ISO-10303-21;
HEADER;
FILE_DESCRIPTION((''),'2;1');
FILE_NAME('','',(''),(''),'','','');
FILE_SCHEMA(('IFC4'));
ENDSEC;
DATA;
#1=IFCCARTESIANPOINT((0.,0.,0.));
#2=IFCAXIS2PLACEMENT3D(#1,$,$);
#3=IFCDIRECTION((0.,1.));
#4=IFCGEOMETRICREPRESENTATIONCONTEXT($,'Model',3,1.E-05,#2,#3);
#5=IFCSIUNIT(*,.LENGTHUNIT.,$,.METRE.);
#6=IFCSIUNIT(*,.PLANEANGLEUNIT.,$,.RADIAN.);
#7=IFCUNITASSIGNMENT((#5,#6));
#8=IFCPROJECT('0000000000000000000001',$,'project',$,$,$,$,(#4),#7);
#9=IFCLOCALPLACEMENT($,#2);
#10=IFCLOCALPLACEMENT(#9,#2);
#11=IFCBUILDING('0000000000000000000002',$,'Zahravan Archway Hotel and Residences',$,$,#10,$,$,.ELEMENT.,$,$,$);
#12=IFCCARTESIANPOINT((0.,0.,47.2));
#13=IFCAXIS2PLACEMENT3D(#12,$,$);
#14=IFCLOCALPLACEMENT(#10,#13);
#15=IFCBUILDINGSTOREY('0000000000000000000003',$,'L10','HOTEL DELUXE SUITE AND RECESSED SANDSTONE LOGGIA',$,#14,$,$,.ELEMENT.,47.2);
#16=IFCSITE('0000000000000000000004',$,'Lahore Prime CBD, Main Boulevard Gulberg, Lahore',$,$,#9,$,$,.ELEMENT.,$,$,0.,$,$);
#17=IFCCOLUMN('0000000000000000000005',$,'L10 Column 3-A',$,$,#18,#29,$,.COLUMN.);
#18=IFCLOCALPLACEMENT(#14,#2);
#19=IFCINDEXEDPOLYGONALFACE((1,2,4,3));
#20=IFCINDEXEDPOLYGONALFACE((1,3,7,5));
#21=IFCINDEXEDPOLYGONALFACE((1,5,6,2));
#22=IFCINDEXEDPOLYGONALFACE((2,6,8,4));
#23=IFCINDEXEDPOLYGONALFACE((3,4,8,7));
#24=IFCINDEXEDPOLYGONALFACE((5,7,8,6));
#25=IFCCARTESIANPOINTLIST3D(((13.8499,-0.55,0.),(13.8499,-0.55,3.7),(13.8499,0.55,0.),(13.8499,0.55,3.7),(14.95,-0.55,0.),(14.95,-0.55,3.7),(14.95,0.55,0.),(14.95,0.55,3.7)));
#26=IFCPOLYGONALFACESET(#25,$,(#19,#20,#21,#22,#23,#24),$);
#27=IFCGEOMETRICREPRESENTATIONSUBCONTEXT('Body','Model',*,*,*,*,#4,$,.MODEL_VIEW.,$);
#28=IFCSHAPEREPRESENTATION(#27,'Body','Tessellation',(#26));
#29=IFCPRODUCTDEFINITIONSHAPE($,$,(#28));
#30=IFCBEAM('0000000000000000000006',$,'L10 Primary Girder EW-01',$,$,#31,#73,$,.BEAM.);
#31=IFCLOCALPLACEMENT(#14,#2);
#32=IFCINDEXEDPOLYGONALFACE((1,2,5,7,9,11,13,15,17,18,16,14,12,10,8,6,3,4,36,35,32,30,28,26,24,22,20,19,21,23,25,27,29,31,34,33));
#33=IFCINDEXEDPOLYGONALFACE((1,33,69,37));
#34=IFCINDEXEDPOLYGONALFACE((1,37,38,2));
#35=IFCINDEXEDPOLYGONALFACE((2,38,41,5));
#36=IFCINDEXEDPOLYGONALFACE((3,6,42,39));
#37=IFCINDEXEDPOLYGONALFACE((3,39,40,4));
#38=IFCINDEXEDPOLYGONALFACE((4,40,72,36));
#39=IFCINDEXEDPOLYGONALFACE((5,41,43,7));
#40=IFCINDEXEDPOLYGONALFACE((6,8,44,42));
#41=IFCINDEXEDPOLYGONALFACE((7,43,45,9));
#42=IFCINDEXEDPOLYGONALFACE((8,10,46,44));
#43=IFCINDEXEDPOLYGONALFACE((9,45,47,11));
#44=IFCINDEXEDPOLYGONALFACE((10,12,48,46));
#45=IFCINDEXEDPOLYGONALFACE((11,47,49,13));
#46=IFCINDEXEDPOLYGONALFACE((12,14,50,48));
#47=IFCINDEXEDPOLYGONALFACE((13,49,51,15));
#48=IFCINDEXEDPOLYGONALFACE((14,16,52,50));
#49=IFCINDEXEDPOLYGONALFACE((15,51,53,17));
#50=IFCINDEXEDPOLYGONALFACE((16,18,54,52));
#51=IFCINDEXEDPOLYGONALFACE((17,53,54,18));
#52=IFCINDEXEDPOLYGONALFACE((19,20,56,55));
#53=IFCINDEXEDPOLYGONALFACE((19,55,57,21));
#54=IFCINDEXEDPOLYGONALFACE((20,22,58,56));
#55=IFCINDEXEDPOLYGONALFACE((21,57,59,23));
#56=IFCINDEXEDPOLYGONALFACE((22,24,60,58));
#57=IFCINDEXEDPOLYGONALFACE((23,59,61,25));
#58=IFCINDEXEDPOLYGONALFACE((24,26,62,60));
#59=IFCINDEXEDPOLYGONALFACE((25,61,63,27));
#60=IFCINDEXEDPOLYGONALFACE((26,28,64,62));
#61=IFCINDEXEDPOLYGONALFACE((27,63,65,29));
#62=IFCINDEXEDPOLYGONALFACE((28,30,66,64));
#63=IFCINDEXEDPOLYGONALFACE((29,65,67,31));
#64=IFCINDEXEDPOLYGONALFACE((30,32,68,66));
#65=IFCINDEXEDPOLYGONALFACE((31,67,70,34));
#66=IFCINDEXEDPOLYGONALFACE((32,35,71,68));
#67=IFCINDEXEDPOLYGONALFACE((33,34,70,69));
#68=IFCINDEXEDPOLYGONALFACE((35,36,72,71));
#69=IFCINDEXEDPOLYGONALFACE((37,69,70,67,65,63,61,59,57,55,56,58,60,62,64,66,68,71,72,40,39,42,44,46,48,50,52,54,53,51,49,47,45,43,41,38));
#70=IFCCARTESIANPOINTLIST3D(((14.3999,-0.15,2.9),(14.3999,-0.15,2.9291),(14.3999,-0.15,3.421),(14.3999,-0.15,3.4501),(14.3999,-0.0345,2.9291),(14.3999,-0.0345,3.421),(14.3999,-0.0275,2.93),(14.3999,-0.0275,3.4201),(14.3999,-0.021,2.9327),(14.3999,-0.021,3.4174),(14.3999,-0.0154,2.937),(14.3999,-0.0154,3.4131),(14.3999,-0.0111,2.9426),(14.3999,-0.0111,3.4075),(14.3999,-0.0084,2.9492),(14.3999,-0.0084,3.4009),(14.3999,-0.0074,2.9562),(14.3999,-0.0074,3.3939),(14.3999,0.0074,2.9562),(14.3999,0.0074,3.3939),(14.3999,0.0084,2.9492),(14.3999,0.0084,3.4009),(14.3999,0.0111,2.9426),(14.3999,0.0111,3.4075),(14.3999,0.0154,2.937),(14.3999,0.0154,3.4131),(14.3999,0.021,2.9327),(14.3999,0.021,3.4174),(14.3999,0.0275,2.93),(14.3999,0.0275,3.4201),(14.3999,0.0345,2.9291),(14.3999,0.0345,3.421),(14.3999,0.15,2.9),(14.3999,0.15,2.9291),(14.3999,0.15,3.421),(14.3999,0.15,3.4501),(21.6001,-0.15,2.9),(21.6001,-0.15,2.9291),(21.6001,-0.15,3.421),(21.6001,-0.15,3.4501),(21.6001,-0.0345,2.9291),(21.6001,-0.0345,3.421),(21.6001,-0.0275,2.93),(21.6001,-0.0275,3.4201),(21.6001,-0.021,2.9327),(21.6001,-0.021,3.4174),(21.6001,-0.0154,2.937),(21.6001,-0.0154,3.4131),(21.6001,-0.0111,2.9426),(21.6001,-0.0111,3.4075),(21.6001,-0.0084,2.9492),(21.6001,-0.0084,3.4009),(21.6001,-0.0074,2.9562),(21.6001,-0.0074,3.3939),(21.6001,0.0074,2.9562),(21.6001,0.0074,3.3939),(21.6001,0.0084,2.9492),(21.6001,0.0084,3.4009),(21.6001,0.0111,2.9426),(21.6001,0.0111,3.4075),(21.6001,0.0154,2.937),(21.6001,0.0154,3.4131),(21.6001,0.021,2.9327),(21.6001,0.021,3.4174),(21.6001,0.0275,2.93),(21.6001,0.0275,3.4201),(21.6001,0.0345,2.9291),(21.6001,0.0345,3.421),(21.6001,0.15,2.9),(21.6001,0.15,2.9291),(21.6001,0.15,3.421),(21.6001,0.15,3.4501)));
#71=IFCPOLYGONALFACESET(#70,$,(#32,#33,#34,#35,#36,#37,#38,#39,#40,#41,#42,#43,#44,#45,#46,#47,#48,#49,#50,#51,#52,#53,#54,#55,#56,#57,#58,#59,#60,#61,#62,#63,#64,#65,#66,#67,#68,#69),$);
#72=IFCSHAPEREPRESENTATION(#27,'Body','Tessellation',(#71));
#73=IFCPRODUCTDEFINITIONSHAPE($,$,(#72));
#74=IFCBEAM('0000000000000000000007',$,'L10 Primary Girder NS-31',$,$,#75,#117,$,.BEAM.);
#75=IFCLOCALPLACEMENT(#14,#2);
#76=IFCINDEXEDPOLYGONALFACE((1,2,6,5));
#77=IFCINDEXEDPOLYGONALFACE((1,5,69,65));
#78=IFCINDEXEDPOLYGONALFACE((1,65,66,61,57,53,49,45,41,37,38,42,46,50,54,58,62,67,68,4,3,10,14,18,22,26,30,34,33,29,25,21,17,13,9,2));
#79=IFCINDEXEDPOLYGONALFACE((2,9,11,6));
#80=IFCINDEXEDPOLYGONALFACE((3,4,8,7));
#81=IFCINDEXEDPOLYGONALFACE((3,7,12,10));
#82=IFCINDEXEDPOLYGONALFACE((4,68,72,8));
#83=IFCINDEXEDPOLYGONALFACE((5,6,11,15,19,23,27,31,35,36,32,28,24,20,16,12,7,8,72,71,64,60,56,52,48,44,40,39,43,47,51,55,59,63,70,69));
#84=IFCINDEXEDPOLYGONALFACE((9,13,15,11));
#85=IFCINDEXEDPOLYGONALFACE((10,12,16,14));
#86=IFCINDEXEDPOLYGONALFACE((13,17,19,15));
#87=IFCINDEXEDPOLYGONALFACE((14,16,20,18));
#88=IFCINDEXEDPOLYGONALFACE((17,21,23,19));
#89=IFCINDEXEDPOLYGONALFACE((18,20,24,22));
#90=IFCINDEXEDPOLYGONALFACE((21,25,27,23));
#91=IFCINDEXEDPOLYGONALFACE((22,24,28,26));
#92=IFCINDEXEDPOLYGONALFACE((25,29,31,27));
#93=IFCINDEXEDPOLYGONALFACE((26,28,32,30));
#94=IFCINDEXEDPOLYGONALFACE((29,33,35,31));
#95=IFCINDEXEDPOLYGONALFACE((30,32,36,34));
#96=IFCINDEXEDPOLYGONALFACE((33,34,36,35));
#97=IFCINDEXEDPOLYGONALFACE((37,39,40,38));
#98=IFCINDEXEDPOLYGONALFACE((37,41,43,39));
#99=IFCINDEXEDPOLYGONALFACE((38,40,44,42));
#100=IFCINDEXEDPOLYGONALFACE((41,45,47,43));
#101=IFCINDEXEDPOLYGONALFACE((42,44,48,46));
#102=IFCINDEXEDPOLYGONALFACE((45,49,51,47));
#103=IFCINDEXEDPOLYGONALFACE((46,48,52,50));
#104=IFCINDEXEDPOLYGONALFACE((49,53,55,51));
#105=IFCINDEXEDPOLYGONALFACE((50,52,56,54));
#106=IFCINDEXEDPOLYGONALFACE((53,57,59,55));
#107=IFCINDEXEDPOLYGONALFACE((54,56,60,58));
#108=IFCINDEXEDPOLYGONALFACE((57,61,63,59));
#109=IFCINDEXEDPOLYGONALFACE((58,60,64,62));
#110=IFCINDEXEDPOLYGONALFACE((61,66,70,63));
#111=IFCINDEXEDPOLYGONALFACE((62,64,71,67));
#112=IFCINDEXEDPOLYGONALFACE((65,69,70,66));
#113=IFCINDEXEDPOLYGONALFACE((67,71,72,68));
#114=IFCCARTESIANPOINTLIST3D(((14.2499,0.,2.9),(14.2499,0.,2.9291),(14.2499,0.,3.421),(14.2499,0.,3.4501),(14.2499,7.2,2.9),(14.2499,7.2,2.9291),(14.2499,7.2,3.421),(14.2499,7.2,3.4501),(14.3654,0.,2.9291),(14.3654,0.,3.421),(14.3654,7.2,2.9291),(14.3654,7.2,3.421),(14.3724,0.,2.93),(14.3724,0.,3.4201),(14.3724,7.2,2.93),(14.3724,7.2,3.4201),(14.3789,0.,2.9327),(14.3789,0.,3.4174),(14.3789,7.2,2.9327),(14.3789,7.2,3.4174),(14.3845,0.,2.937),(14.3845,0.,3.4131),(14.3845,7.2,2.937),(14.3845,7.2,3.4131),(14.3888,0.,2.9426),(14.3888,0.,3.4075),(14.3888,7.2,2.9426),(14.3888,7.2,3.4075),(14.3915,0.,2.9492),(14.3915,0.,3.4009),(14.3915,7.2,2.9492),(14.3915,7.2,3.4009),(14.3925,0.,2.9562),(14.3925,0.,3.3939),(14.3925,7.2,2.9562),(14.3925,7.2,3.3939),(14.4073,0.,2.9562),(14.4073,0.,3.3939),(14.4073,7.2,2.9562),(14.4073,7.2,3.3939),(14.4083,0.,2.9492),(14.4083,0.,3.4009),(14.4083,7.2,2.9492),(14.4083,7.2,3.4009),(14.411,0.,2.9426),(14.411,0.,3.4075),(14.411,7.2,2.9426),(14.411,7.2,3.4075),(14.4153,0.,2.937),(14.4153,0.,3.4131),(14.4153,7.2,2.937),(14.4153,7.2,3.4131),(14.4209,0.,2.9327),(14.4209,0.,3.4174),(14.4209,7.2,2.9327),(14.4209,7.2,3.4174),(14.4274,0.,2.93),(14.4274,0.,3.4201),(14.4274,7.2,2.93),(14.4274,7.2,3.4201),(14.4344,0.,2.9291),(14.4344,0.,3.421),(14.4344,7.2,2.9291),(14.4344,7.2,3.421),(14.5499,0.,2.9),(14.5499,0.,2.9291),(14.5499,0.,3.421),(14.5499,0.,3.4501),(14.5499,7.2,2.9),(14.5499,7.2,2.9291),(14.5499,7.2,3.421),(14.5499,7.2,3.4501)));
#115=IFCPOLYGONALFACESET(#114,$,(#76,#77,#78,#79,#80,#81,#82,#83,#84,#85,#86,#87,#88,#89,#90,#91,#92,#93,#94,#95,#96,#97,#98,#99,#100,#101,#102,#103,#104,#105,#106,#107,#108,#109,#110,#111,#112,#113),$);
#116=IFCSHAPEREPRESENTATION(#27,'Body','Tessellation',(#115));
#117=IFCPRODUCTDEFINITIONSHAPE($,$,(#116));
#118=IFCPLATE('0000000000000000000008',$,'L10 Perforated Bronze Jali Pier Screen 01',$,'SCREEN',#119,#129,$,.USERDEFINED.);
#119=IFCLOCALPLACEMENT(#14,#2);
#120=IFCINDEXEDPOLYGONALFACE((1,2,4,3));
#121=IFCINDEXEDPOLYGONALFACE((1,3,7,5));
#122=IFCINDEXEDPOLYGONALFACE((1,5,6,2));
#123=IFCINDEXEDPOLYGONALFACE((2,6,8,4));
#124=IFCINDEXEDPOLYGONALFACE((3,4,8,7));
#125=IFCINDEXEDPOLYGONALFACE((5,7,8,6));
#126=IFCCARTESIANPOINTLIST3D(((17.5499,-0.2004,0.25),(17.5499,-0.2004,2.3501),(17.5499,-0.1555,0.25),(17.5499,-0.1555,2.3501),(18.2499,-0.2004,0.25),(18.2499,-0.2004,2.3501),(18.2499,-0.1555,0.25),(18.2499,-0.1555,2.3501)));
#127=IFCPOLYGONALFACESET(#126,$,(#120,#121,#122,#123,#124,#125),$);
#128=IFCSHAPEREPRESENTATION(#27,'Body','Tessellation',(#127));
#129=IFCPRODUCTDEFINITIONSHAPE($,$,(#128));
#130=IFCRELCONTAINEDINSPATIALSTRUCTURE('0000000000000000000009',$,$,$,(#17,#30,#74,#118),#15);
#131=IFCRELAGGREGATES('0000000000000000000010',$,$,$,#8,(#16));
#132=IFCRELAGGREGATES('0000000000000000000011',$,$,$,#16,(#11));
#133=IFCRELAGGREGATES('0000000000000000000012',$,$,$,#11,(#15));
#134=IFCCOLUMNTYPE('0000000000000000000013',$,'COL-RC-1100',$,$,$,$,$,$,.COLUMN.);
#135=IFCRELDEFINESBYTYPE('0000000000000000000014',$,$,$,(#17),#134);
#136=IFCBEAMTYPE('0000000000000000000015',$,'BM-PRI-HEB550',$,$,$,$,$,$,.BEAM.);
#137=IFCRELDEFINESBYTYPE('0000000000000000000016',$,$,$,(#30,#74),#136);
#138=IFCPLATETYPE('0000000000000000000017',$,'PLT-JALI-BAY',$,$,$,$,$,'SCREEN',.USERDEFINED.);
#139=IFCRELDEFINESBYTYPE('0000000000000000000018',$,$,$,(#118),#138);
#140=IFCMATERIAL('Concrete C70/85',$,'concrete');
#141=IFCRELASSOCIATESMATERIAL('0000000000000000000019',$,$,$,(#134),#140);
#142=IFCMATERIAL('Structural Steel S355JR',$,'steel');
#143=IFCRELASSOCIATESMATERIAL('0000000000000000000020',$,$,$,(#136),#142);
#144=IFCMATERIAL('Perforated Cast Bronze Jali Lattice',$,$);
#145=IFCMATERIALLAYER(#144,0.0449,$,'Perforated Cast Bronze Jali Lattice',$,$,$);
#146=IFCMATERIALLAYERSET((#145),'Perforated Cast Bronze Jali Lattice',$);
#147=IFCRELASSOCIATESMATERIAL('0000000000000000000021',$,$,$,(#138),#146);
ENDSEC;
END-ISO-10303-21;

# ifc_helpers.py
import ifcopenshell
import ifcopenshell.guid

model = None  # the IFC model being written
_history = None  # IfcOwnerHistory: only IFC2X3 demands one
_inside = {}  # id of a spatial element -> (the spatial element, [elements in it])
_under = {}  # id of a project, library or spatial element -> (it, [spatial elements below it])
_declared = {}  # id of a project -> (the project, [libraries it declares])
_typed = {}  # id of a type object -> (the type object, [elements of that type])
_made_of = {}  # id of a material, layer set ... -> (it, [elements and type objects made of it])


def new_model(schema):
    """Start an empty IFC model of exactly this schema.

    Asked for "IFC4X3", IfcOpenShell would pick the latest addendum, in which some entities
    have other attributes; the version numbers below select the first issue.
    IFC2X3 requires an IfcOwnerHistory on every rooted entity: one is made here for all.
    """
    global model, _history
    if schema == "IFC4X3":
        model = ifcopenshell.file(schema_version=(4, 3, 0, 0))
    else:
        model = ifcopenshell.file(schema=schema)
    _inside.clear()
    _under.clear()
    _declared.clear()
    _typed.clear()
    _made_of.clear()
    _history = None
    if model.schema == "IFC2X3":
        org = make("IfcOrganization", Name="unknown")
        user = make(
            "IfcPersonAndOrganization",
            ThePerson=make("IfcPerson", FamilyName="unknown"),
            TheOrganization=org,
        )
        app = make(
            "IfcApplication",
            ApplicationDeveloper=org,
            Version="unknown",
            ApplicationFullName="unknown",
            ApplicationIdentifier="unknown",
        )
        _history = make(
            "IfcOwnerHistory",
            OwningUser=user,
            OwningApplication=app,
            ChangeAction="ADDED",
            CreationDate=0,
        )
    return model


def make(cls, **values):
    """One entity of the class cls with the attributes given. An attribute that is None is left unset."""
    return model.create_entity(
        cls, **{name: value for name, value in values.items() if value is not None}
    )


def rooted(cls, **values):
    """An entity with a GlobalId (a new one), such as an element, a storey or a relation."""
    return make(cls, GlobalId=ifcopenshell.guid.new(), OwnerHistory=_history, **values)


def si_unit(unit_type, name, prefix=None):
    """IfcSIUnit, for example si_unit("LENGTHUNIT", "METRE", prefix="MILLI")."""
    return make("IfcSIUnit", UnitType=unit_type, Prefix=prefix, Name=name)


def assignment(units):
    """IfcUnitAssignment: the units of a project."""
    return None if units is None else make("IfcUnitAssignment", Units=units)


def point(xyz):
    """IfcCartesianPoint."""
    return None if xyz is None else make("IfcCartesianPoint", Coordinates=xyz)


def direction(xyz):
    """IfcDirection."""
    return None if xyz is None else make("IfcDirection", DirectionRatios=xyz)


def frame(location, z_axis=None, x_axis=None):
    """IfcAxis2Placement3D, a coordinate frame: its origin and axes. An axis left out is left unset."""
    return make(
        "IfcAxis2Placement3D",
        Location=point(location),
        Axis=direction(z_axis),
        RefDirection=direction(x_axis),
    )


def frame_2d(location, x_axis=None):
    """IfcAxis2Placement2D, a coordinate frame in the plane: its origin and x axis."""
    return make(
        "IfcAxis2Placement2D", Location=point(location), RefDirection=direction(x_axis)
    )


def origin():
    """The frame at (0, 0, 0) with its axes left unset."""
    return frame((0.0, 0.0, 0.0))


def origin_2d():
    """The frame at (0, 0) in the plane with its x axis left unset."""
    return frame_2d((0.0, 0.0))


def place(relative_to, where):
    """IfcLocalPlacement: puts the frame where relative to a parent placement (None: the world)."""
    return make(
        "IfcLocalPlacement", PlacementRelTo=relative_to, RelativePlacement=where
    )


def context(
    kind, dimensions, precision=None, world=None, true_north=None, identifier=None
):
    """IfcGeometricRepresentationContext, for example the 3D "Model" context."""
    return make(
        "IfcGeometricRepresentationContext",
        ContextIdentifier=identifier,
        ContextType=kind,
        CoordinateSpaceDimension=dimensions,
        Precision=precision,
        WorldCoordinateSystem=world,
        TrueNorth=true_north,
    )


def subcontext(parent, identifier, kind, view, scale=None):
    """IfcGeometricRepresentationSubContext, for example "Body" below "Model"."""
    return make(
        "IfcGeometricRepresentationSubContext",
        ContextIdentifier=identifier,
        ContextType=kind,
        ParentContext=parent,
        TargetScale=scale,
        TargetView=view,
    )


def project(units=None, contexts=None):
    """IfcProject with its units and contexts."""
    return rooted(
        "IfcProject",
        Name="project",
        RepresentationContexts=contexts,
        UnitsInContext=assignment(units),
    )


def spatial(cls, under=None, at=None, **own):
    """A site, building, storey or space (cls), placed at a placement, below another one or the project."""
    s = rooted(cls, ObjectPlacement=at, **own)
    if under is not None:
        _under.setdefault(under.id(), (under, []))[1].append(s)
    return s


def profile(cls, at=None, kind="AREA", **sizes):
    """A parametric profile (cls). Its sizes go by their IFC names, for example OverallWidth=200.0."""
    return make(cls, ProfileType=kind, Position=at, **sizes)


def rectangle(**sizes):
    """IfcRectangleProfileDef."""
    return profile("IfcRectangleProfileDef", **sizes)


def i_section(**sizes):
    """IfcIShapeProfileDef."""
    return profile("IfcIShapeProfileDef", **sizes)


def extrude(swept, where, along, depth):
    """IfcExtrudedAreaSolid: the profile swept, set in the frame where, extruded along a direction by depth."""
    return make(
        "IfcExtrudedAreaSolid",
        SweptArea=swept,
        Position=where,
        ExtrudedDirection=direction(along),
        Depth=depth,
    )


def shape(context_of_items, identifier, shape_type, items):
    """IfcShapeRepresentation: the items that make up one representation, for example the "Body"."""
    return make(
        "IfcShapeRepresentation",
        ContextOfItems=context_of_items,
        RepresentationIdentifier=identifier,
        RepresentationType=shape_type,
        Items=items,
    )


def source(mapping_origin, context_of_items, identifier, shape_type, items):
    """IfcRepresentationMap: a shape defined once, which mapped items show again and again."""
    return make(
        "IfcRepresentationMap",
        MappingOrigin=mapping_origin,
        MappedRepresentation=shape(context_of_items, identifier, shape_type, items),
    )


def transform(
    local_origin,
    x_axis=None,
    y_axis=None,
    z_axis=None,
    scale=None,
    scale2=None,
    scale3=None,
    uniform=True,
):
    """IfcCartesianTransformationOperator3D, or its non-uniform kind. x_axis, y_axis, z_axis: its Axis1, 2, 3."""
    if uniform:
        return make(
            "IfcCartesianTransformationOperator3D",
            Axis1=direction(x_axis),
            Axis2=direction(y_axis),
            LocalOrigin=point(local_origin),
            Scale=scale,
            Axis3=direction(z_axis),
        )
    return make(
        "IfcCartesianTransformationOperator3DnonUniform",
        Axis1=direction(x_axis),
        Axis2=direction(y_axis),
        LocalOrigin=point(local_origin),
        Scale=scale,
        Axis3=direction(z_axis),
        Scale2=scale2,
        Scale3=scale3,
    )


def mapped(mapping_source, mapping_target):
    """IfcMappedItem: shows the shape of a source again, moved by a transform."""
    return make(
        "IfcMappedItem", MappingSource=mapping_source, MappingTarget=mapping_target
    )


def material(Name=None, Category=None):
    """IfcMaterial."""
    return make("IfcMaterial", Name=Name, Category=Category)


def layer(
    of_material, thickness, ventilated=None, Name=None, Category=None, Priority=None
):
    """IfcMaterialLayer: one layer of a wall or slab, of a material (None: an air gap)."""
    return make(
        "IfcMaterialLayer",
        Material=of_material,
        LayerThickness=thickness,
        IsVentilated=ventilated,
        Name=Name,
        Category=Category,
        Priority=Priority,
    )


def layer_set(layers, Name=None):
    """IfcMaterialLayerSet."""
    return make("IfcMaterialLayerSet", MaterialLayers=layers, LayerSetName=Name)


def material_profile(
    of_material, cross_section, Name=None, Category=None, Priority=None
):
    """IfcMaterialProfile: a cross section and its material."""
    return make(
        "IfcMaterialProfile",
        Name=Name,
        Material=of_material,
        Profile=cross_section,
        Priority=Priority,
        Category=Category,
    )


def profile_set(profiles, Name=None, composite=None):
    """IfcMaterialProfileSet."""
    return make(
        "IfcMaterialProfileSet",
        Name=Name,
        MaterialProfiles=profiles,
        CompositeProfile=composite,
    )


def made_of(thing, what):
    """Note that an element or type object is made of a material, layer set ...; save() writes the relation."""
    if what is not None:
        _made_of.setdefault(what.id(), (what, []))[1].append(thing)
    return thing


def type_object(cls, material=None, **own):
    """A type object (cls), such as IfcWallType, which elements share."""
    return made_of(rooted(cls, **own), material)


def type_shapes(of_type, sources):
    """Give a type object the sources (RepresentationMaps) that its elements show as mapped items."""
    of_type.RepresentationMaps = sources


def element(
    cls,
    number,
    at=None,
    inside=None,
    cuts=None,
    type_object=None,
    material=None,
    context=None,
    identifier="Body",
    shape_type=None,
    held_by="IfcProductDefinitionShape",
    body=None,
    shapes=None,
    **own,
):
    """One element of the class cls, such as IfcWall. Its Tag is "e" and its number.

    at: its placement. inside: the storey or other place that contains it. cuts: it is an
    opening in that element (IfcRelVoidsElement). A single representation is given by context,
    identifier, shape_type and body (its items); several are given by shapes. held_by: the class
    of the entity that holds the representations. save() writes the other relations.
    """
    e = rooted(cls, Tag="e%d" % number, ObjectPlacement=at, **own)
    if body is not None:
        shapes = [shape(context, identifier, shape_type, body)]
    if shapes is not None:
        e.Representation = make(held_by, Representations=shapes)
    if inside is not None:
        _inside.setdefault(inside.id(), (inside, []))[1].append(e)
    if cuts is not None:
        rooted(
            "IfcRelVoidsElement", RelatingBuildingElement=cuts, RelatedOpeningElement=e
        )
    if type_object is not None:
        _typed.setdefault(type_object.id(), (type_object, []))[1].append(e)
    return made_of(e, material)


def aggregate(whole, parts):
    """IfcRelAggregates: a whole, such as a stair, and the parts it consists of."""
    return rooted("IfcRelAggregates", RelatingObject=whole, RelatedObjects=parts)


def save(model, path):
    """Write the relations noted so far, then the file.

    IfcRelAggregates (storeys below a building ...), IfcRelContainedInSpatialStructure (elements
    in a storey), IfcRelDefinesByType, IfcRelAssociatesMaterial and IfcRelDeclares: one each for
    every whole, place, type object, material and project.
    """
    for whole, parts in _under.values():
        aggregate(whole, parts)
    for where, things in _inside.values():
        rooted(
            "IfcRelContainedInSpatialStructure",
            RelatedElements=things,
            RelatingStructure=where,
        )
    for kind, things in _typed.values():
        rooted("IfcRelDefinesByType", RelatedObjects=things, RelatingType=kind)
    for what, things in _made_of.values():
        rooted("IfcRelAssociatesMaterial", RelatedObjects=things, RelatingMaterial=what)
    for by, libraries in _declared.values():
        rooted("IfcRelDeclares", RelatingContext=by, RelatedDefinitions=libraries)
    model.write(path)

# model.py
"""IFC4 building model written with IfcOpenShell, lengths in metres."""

from ifc_helpers import new_model, si_unit, direction, frame, origin, origin_2d, place, context, subcontext, project, spatial, rectangle, i_section, extrude, source, transform, mapped, material, layer, layer_set, material_profile, profile_set, type_object, type_shapes, element, save


model = new_model("IFC4")

# Units and contexts
model_context = context("Model", 3, precision=1e-05, world=origin(), true_north=direction((0.0, 1.0)))
body_context = subcontext(model_context, "Body", "Model", "MODEL_VIEW")
ifc_project = project(units=[si_unit("LENGTHUNIT", "METRE"), si_unit("PLANEANGLEUNIT", "RADIAN")], contexts=[model_context])

# Site, building, storey
site_placement = place(None, origin())
site = spatial("IfcSite", under=ifc_project, at=site_placement, Name="Lahore Prime CBD, Main Boulevard Gulberg, Lahore", CompositionType="ELEMENT", RefElevation=0.0)
building_placement = place(site_placement, origin())
building = spatial("IfcBuilding", under=site, at=building_placement, Name="Zahravan Archway Hotel and Residences", CompositionType="ELEMENT")
storey_placement = place(building_placement, frame((0.0, 0.0, 47.2)))
storey = spatial("IfcBuildingStorey", under=building, at=storey_placement, Name="L10", Description="HOTEL DELUXE SUITE AND RECESSED SANDSTONE LOGGIA", CompositionType="ELEMENT", Elevation=47.2)

# Column
ifc_material_1 = material(Name="Concrete C70/85", Category="concrete")
ifc_material_profile_1 = material_profile(ifc_material_1, rectangle(XDim=1.1001, YDim=1.1001, at=origin_2d()), Name="RC 1100x1100", Category="concrete")
ifc_profile_set_1 = profile_set([ifc_material_profile_1], Name="Concrete C70/85")
column_type = type_object("IfcColumnType", Name="COL-RC-1100", PredefinedType="COLUMN", material=ifc_profile_set_1)
shared_shape_1 = source(origin(), body_context, "Body", "SweptSolid", [
    extrude(rectangle(XDim=1.1001, YDim=1.1001, at=origin_2d()), origin(), (0.0, 0.0, 1.0), 3.7),
])
column_placement = place(storey_placement, frame((14.3999, 0.0, 0.0), z_axis=(0.0, 0.0, 1.0), x_axis=(1.0, 0.0, 0.0)))
element("IfcColumn", 1, at=column_placement, inside=storey, type_object=column_type, Name="L10 Column 3-A", PredefinedType="COLUMN", context=body_context, shape_type="MappedRepresentation", body=[
    mapped(shared_shape_1, transform((0.0, 0.0, 0.0), scale=1.0)),
])

# Beams
ifc_material_2 = material(Name="Structural Steel S355JR", Category="steel")
ifc_material_profile_2 = material_profile(ifc_material_2, i_section(OverallWidth=0.3, OverallDepth=0.55, WebThickness=0.0149, FlangeThickness=0.0291, FilletRadius=0.0271, at=origin_2d()), Name="HEB 550", Category="steel")
ifc_profile_set_2 = profile_set([ifc_material_profile_2], Name="Structural Steel S355JR")
beam_type = type_object("IfcBeamType", Name="BM-PRI-HEB550", PredefinedType="BEAM", material=ifc_profile_set_2)
shared_shape_2 = source(origin(), body_context, "Body", "SweptSolid", [
    extrude(i_section(OverallWidth=0.3, OverallDepth=0.55, WebThickness=0.0149, FlangeThickness=0.0291, FilletRadius=0.0271, at=origin_2d()), origin(), (0.0, 0.0, 1.0), 7.2002),
])
type_shapes(beam_type, [shared_shape_2])
beam_1_placement = place(storey_placement, frame((14.3999, 0.0, 3.175), z_axis=(1.0, 0.0, 0.0), x_axis=(0.0, 1.0, 0.0)))
element("IfcBeam", 2, at=beam_1_placement, inside=storey, type_object=beam_type, Name="L10 Primary Girder EW-01", PredefinedType="BEAM", context=body_context, shape_type="MappedRepresentation", body=[
    mapped(shared_shape_2, transform((0.0, 0.0, 0.0), scale=1.0)),
])
shared_shape_3 = source(origin(), body_context, "Body", "SweptSolid", [
    extrude(i_section(OverallWidth=0.3, OverallDepth=0.55, WebThickness=0.0149, FlangeThickness=0.0291, FilletRadius=0.0271, at=origin_2d()), origin(), (0.0, 0.0, 1.0), 7.2),
])
beam_2_placement = place(storey_placement, frame((14.3999, 0.0, 3.175), z_axis=(0.0, 1.0, 0.0), x_axis=(-1.0, 0.0, 0.0)))
element("IfcBeam", 3, at=beam_2_placement, inside=storey, type_object=beam_type, Name="L10 Primary Girder NS-31", PredefinedType="BEAM", context=body_context, shape_type="MappedRepresentation", body=[
    mapped(shared_shape_3, transform((0.0, 0.0, 0.0), scale=1.0)),
])

# Plate
ifc_material_3 = material(Name="Perforated Cast Bronze Jali Lattice")
ifc_layer = layer(ifc_material_3, 0.0449, Name="Perforated Cast Bronze Jali Lattice")
ifc_layer_set = layer_set([ifc_layer], Name="Perforated Cast Bronze Jali Lattice")
plate_type = type_object("IfcPlateType", Name="PLT-JALI-BAY", ElementType="SCREEN", PredefinedType="USERDEFINED", material=ifc_layer_set)
shared_shape_4 = source(origin(), body_context, "Body", "SweptSolid", [
    extrude(rectangle(XDim=0.7, YDim=0.0449, at=origin_2d()), origin(), (0.0, 0.0, 1.0), 2.1001),
])
type_shapes(plate_type, [shared_shape_4])
plate_placement = place(storey_placement, frame((17.8999, -0.178, 0.25), z_axis=(0.0, 0.0, 1.0), x_axis=(1.0, 0.0, 0.0)))
element("IfcPlate", 4, at=plate_placement, inside=storey, type_object=plate_type, Name="L10 Perforated Bronze Jali Pier Screen 01", ObjectType="SCREEN", PredefinedType="USERDEFINED", context=body_context, shape_type="MappedRepresentation", body=[
    mapped(shared_shape_4, transform((0.0, 0.0, 0.0), scale=1.0)),
])

save(model, "model.ifc")
